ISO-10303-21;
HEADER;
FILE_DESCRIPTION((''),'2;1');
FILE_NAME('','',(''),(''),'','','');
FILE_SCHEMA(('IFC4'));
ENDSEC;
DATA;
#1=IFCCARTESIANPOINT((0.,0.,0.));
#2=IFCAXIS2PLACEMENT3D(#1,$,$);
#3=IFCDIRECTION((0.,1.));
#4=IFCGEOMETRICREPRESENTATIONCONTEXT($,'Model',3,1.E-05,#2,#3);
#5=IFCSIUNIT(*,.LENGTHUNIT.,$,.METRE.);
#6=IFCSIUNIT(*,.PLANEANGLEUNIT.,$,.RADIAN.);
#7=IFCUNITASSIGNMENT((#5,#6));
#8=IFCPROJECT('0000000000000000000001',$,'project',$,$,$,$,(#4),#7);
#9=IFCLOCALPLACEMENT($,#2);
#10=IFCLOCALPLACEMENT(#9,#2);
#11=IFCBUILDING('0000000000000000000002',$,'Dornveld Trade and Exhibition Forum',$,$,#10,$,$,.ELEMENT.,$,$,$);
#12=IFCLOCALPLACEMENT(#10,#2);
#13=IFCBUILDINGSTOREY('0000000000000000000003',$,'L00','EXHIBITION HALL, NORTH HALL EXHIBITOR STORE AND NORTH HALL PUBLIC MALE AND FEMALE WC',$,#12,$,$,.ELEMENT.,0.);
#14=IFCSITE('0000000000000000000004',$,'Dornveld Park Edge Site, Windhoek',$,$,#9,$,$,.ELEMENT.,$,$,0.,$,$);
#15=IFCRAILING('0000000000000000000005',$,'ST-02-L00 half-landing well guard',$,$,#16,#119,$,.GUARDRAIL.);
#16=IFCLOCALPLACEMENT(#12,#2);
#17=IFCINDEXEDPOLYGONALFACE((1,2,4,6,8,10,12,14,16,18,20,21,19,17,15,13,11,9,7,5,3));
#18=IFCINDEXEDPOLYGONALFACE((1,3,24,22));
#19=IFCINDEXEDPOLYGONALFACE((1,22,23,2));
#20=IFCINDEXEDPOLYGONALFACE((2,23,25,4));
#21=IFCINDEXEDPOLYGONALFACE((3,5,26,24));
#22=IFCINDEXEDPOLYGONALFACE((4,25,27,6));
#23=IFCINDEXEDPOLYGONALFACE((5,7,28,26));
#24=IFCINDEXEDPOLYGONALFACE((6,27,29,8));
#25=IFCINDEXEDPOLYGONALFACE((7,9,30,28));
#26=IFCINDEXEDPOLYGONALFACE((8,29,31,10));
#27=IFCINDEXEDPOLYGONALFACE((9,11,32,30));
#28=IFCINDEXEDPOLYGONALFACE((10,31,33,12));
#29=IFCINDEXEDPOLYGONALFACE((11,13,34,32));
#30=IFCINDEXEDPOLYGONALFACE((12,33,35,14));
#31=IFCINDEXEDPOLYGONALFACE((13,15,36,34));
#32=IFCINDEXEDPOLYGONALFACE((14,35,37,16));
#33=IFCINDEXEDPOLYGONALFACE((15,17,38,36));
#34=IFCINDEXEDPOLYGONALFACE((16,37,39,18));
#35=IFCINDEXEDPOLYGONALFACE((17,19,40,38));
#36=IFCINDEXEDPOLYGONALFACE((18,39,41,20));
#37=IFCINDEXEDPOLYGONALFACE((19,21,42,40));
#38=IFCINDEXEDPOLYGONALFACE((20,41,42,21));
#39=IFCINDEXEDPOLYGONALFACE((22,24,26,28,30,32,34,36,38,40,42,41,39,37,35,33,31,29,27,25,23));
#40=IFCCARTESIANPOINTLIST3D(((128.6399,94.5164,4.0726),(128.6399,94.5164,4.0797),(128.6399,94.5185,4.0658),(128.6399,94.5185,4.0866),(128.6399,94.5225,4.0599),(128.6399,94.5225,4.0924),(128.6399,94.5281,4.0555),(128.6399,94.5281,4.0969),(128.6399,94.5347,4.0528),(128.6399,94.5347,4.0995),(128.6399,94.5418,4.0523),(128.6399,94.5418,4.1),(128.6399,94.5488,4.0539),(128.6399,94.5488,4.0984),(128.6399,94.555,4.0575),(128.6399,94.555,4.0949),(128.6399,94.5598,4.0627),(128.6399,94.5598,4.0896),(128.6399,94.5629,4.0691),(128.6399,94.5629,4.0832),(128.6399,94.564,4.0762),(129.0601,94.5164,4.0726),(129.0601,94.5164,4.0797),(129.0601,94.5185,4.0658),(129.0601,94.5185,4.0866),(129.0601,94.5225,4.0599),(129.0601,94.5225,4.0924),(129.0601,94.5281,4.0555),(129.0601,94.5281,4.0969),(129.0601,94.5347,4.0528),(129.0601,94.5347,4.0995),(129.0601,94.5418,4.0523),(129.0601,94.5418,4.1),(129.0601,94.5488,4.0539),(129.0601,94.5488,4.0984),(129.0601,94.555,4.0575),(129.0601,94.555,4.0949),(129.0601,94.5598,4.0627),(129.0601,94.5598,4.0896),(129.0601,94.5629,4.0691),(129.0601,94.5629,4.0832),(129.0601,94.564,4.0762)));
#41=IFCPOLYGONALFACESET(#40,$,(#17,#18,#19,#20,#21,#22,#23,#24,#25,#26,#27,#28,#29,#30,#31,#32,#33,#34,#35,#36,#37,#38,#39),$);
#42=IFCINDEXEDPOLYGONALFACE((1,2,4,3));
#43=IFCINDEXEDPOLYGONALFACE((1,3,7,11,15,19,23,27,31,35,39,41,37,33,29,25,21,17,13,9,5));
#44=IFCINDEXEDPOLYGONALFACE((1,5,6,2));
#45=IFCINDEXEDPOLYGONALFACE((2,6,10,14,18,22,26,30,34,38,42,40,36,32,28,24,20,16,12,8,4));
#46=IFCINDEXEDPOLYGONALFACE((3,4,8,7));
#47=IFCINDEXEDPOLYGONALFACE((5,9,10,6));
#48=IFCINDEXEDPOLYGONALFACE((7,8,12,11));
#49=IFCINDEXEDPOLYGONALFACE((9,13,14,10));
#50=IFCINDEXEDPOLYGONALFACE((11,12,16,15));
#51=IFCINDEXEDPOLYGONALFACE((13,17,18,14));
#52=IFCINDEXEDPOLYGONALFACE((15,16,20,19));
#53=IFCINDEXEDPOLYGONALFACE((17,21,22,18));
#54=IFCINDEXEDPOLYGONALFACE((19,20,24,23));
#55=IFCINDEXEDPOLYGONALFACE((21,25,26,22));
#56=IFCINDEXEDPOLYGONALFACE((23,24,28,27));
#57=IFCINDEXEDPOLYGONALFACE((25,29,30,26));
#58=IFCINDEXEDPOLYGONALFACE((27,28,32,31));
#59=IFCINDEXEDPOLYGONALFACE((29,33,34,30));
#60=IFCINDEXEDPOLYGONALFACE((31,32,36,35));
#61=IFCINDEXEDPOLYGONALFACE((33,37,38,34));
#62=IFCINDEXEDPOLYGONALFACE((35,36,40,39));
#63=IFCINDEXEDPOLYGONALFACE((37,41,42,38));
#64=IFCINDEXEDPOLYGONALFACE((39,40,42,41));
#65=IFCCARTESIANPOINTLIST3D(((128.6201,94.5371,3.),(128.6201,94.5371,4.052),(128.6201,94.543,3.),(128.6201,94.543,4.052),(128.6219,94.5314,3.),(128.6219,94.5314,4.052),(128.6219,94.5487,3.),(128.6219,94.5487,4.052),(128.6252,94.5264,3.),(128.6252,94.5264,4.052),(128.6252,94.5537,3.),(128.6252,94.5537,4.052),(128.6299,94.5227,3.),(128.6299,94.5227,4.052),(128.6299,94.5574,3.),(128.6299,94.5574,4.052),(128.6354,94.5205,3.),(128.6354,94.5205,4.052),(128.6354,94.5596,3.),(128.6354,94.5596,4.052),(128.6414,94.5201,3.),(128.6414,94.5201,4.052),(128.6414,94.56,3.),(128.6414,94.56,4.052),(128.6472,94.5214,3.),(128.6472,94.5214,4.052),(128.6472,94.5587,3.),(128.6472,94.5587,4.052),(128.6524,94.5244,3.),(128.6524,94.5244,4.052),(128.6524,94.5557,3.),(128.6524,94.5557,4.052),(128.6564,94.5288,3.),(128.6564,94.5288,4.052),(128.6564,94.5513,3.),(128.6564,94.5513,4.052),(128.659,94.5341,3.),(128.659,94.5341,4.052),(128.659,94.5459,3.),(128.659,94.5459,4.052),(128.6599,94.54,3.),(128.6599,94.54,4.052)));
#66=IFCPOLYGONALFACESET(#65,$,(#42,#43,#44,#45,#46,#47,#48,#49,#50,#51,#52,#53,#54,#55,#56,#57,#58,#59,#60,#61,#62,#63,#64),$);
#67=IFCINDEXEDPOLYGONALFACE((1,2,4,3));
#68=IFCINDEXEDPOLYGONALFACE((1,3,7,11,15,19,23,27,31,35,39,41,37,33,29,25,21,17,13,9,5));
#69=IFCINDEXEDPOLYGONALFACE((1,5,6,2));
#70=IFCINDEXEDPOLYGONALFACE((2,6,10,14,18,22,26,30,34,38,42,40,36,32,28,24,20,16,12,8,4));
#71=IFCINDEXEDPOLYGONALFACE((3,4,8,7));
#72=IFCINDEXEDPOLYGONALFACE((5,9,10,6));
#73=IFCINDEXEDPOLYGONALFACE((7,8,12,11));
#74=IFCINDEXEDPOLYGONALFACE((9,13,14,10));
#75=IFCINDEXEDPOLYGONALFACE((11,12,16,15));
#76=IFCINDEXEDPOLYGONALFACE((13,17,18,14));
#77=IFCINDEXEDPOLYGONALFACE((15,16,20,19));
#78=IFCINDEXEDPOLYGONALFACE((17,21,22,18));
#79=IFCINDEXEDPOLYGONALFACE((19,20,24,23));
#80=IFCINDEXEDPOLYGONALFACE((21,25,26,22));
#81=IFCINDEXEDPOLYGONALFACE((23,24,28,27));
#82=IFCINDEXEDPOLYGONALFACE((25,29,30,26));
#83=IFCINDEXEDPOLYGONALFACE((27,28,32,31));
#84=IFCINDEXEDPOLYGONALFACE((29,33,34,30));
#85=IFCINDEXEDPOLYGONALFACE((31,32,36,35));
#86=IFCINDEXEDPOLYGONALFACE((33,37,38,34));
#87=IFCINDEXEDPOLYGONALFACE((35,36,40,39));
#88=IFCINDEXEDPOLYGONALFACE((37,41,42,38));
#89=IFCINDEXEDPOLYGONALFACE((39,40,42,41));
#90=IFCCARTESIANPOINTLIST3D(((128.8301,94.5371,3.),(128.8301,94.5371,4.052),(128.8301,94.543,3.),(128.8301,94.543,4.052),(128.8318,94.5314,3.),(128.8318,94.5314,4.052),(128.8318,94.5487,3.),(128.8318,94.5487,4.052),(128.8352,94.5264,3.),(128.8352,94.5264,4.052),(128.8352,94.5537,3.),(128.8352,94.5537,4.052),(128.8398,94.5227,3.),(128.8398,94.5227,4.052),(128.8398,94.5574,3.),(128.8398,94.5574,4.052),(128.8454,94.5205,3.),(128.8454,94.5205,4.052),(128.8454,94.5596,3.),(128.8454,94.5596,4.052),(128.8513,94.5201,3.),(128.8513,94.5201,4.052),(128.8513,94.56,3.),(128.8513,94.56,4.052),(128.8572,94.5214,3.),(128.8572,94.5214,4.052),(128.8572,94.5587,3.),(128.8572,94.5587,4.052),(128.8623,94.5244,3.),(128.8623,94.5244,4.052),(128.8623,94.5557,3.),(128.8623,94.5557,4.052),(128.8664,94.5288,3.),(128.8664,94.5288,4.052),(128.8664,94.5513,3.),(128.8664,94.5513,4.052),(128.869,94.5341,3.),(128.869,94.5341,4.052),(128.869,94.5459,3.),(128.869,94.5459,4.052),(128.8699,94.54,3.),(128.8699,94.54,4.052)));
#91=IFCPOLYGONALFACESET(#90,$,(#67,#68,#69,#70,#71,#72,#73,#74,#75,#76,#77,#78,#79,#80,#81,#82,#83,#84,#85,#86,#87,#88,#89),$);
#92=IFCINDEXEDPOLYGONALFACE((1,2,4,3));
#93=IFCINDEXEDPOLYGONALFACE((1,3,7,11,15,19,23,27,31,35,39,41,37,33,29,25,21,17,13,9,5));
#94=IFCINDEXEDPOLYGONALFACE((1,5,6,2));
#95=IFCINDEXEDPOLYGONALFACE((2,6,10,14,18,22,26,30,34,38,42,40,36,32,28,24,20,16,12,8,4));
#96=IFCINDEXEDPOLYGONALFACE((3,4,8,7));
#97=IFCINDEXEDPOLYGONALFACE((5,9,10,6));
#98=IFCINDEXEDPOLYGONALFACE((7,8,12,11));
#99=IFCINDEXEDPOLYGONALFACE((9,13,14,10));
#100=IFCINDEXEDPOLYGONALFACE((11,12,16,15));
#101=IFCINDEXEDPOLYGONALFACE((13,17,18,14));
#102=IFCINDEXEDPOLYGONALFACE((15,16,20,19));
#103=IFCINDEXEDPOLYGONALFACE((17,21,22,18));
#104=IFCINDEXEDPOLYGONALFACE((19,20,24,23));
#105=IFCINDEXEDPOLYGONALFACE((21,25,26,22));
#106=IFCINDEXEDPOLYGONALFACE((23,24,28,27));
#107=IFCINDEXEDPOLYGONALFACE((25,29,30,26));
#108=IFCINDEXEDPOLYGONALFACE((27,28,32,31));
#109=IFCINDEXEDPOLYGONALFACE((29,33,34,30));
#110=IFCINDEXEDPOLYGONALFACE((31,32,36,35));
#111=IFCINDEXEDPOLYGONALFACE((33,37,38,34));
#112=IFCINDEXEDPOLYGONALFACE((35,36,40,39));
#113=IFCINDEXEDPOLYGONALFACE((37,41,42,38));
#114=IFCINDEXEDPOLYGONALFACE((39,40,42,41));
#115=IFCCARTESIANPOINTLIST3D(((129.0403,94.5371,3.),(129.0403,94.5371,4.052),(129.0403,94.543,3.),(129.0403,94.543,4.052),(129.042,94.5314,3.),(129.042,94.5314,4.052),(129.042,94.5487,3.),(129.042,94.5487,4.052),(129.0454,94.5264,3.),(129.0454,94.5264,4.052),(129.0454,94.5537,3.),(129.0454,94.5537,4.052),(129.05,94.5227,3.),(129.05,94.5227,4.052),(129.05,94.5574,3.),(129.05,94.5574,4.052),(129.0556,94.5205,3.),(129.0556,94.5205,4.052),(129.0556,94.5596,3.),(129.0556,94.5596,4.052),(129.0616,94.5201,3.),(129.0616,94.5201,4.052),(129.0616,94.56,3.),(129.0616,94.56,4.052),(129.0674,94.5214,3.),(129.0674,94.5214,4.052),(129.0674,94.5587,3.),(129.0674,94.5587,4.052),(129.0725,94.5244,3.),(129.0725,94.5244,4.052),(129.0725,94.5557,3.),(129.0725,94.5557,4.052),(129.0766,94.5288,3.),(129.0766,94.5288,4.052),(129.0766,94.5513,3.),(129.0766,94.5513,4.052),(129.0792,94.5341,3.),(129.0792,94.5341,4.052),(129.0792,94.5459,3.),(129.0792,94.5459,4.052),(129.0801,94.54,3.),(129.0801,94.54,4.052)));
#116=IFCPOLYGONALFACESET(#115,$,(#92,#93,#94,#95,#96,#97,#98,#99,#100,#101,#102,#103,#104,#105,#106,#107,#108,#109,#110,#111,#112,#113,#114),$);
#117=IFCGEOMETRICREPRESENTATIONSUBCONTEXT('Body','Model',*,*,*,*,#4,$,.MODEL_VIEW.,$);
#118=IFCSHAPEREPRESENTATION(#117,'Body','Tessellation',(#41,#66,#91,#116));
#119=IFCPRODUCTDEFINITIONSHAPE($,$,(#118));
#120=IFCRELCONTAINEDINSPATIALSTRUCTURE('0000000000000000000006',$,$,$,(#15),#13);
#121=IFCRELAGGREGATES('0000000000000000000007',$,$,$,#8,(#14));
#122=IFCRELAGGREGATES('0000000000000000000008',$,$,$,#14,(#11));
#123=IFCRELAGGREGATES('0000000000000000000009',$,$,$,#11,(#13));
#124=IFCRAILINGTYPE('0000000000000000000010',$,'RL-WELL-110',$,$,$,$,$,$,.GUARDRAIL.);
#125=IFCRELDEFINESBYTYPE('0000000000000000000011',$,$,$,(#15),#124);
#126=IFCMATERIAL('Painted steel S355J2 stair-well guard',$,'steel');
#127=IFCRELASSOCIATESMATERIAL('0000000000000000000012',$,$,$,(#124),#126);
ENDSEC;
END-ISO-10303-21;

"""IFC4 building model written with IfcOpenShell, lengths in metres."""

from ifc_helpers import new_model, si_unit, direction, frame, origin, origin_2d, place, context, subcontext, project, spatial, circle, extrude, material, type_object, element, save


model = new_model("IFC4")

# Units and contexts
model_context = context("Model", 3, precision=1e-05, world=origin(), true_north=direction((0.0, 1.0)))
body_context = subcontext(model_context, "Body", "Model", "MODEL_VIEW")
ifc_project = project(units=[si_unit("LENGTHUNIT", "METRE"), si_unit("PLANEANGLEUNIT", "RADIAN")], contexts=[model_context])

# Site, building, storey
site_placement = place(None, origin())
site = spatial("IfcSite", under=ifc_project, at=site_placement, Name="Dornveld Park Edge Site, Windhoek", CompositionType="ELEMENT", RefElevation=0.0)
building_placement = place(site_placement, origin())
building = spatial("IfcBuilding", under=site, at=building_placement, Name="Dornveld Trade and Exhibition Forum", CompositionType="ELEMENT")
storey_placement = place(building_placement, origin())
storey = spatial("IfcBuildingStorey", under=building, at=storey_placement, Name="L00", Description="EXHIBITION HALL, NORTH HALL EXHIBITOR STORE AND NORTH HALL PUBLIC MALE AND FEMALE WC", CompositionType="ELEMENT", Elevation=0.0)

# Railing
ifc_material_1 = material(Name="Painted steel S355J2 stair-well guard", Category="steel")
railing_type_1 = type_object("IfcRailingType", Name="RL-WELL-110", PredefinedType="GUARDRAIL", material=ifc_material_1)
railing_1_placement = place(storey_placement, frame((128.6399, 94.54, 3.0)))
element("IfcRailing", 1, at=railing_1_placement, inside=storey, type_object=railing_type_1, Name="ST-02-L00 half-landing well guard", PredefinedType="GUARDRAIL", context=body_context, shape_type="SweptSolid", body=[
    extrude(circle(Radius=0.0239, at=origin_2d()), frame((0.0, 0.0, 1.0762), z_axis=(1.0, 0.0, 0.0), x_axis=(0.0, 1.0, 0.0)), (0.0, 0.0, 1.0), 0.4202),
    extrude(circle(Radius=0.02, at=origin_2d()), origin(), (0.0, 0.0, 1.0), 1.052),
    extrude(circle(Radius=0.02, at=origin_2d()), frame((0.21, 0.0, 0.0)), (0.0, 0.0, 1.0), 1.052),
    extrude(circle(Radius=0.02, at=origin_2d()), frame((0.4202, 0.0, 0.0)), (0.0, 0.0, 1.0), 1.052),
])

save(model, "model.ifc")
